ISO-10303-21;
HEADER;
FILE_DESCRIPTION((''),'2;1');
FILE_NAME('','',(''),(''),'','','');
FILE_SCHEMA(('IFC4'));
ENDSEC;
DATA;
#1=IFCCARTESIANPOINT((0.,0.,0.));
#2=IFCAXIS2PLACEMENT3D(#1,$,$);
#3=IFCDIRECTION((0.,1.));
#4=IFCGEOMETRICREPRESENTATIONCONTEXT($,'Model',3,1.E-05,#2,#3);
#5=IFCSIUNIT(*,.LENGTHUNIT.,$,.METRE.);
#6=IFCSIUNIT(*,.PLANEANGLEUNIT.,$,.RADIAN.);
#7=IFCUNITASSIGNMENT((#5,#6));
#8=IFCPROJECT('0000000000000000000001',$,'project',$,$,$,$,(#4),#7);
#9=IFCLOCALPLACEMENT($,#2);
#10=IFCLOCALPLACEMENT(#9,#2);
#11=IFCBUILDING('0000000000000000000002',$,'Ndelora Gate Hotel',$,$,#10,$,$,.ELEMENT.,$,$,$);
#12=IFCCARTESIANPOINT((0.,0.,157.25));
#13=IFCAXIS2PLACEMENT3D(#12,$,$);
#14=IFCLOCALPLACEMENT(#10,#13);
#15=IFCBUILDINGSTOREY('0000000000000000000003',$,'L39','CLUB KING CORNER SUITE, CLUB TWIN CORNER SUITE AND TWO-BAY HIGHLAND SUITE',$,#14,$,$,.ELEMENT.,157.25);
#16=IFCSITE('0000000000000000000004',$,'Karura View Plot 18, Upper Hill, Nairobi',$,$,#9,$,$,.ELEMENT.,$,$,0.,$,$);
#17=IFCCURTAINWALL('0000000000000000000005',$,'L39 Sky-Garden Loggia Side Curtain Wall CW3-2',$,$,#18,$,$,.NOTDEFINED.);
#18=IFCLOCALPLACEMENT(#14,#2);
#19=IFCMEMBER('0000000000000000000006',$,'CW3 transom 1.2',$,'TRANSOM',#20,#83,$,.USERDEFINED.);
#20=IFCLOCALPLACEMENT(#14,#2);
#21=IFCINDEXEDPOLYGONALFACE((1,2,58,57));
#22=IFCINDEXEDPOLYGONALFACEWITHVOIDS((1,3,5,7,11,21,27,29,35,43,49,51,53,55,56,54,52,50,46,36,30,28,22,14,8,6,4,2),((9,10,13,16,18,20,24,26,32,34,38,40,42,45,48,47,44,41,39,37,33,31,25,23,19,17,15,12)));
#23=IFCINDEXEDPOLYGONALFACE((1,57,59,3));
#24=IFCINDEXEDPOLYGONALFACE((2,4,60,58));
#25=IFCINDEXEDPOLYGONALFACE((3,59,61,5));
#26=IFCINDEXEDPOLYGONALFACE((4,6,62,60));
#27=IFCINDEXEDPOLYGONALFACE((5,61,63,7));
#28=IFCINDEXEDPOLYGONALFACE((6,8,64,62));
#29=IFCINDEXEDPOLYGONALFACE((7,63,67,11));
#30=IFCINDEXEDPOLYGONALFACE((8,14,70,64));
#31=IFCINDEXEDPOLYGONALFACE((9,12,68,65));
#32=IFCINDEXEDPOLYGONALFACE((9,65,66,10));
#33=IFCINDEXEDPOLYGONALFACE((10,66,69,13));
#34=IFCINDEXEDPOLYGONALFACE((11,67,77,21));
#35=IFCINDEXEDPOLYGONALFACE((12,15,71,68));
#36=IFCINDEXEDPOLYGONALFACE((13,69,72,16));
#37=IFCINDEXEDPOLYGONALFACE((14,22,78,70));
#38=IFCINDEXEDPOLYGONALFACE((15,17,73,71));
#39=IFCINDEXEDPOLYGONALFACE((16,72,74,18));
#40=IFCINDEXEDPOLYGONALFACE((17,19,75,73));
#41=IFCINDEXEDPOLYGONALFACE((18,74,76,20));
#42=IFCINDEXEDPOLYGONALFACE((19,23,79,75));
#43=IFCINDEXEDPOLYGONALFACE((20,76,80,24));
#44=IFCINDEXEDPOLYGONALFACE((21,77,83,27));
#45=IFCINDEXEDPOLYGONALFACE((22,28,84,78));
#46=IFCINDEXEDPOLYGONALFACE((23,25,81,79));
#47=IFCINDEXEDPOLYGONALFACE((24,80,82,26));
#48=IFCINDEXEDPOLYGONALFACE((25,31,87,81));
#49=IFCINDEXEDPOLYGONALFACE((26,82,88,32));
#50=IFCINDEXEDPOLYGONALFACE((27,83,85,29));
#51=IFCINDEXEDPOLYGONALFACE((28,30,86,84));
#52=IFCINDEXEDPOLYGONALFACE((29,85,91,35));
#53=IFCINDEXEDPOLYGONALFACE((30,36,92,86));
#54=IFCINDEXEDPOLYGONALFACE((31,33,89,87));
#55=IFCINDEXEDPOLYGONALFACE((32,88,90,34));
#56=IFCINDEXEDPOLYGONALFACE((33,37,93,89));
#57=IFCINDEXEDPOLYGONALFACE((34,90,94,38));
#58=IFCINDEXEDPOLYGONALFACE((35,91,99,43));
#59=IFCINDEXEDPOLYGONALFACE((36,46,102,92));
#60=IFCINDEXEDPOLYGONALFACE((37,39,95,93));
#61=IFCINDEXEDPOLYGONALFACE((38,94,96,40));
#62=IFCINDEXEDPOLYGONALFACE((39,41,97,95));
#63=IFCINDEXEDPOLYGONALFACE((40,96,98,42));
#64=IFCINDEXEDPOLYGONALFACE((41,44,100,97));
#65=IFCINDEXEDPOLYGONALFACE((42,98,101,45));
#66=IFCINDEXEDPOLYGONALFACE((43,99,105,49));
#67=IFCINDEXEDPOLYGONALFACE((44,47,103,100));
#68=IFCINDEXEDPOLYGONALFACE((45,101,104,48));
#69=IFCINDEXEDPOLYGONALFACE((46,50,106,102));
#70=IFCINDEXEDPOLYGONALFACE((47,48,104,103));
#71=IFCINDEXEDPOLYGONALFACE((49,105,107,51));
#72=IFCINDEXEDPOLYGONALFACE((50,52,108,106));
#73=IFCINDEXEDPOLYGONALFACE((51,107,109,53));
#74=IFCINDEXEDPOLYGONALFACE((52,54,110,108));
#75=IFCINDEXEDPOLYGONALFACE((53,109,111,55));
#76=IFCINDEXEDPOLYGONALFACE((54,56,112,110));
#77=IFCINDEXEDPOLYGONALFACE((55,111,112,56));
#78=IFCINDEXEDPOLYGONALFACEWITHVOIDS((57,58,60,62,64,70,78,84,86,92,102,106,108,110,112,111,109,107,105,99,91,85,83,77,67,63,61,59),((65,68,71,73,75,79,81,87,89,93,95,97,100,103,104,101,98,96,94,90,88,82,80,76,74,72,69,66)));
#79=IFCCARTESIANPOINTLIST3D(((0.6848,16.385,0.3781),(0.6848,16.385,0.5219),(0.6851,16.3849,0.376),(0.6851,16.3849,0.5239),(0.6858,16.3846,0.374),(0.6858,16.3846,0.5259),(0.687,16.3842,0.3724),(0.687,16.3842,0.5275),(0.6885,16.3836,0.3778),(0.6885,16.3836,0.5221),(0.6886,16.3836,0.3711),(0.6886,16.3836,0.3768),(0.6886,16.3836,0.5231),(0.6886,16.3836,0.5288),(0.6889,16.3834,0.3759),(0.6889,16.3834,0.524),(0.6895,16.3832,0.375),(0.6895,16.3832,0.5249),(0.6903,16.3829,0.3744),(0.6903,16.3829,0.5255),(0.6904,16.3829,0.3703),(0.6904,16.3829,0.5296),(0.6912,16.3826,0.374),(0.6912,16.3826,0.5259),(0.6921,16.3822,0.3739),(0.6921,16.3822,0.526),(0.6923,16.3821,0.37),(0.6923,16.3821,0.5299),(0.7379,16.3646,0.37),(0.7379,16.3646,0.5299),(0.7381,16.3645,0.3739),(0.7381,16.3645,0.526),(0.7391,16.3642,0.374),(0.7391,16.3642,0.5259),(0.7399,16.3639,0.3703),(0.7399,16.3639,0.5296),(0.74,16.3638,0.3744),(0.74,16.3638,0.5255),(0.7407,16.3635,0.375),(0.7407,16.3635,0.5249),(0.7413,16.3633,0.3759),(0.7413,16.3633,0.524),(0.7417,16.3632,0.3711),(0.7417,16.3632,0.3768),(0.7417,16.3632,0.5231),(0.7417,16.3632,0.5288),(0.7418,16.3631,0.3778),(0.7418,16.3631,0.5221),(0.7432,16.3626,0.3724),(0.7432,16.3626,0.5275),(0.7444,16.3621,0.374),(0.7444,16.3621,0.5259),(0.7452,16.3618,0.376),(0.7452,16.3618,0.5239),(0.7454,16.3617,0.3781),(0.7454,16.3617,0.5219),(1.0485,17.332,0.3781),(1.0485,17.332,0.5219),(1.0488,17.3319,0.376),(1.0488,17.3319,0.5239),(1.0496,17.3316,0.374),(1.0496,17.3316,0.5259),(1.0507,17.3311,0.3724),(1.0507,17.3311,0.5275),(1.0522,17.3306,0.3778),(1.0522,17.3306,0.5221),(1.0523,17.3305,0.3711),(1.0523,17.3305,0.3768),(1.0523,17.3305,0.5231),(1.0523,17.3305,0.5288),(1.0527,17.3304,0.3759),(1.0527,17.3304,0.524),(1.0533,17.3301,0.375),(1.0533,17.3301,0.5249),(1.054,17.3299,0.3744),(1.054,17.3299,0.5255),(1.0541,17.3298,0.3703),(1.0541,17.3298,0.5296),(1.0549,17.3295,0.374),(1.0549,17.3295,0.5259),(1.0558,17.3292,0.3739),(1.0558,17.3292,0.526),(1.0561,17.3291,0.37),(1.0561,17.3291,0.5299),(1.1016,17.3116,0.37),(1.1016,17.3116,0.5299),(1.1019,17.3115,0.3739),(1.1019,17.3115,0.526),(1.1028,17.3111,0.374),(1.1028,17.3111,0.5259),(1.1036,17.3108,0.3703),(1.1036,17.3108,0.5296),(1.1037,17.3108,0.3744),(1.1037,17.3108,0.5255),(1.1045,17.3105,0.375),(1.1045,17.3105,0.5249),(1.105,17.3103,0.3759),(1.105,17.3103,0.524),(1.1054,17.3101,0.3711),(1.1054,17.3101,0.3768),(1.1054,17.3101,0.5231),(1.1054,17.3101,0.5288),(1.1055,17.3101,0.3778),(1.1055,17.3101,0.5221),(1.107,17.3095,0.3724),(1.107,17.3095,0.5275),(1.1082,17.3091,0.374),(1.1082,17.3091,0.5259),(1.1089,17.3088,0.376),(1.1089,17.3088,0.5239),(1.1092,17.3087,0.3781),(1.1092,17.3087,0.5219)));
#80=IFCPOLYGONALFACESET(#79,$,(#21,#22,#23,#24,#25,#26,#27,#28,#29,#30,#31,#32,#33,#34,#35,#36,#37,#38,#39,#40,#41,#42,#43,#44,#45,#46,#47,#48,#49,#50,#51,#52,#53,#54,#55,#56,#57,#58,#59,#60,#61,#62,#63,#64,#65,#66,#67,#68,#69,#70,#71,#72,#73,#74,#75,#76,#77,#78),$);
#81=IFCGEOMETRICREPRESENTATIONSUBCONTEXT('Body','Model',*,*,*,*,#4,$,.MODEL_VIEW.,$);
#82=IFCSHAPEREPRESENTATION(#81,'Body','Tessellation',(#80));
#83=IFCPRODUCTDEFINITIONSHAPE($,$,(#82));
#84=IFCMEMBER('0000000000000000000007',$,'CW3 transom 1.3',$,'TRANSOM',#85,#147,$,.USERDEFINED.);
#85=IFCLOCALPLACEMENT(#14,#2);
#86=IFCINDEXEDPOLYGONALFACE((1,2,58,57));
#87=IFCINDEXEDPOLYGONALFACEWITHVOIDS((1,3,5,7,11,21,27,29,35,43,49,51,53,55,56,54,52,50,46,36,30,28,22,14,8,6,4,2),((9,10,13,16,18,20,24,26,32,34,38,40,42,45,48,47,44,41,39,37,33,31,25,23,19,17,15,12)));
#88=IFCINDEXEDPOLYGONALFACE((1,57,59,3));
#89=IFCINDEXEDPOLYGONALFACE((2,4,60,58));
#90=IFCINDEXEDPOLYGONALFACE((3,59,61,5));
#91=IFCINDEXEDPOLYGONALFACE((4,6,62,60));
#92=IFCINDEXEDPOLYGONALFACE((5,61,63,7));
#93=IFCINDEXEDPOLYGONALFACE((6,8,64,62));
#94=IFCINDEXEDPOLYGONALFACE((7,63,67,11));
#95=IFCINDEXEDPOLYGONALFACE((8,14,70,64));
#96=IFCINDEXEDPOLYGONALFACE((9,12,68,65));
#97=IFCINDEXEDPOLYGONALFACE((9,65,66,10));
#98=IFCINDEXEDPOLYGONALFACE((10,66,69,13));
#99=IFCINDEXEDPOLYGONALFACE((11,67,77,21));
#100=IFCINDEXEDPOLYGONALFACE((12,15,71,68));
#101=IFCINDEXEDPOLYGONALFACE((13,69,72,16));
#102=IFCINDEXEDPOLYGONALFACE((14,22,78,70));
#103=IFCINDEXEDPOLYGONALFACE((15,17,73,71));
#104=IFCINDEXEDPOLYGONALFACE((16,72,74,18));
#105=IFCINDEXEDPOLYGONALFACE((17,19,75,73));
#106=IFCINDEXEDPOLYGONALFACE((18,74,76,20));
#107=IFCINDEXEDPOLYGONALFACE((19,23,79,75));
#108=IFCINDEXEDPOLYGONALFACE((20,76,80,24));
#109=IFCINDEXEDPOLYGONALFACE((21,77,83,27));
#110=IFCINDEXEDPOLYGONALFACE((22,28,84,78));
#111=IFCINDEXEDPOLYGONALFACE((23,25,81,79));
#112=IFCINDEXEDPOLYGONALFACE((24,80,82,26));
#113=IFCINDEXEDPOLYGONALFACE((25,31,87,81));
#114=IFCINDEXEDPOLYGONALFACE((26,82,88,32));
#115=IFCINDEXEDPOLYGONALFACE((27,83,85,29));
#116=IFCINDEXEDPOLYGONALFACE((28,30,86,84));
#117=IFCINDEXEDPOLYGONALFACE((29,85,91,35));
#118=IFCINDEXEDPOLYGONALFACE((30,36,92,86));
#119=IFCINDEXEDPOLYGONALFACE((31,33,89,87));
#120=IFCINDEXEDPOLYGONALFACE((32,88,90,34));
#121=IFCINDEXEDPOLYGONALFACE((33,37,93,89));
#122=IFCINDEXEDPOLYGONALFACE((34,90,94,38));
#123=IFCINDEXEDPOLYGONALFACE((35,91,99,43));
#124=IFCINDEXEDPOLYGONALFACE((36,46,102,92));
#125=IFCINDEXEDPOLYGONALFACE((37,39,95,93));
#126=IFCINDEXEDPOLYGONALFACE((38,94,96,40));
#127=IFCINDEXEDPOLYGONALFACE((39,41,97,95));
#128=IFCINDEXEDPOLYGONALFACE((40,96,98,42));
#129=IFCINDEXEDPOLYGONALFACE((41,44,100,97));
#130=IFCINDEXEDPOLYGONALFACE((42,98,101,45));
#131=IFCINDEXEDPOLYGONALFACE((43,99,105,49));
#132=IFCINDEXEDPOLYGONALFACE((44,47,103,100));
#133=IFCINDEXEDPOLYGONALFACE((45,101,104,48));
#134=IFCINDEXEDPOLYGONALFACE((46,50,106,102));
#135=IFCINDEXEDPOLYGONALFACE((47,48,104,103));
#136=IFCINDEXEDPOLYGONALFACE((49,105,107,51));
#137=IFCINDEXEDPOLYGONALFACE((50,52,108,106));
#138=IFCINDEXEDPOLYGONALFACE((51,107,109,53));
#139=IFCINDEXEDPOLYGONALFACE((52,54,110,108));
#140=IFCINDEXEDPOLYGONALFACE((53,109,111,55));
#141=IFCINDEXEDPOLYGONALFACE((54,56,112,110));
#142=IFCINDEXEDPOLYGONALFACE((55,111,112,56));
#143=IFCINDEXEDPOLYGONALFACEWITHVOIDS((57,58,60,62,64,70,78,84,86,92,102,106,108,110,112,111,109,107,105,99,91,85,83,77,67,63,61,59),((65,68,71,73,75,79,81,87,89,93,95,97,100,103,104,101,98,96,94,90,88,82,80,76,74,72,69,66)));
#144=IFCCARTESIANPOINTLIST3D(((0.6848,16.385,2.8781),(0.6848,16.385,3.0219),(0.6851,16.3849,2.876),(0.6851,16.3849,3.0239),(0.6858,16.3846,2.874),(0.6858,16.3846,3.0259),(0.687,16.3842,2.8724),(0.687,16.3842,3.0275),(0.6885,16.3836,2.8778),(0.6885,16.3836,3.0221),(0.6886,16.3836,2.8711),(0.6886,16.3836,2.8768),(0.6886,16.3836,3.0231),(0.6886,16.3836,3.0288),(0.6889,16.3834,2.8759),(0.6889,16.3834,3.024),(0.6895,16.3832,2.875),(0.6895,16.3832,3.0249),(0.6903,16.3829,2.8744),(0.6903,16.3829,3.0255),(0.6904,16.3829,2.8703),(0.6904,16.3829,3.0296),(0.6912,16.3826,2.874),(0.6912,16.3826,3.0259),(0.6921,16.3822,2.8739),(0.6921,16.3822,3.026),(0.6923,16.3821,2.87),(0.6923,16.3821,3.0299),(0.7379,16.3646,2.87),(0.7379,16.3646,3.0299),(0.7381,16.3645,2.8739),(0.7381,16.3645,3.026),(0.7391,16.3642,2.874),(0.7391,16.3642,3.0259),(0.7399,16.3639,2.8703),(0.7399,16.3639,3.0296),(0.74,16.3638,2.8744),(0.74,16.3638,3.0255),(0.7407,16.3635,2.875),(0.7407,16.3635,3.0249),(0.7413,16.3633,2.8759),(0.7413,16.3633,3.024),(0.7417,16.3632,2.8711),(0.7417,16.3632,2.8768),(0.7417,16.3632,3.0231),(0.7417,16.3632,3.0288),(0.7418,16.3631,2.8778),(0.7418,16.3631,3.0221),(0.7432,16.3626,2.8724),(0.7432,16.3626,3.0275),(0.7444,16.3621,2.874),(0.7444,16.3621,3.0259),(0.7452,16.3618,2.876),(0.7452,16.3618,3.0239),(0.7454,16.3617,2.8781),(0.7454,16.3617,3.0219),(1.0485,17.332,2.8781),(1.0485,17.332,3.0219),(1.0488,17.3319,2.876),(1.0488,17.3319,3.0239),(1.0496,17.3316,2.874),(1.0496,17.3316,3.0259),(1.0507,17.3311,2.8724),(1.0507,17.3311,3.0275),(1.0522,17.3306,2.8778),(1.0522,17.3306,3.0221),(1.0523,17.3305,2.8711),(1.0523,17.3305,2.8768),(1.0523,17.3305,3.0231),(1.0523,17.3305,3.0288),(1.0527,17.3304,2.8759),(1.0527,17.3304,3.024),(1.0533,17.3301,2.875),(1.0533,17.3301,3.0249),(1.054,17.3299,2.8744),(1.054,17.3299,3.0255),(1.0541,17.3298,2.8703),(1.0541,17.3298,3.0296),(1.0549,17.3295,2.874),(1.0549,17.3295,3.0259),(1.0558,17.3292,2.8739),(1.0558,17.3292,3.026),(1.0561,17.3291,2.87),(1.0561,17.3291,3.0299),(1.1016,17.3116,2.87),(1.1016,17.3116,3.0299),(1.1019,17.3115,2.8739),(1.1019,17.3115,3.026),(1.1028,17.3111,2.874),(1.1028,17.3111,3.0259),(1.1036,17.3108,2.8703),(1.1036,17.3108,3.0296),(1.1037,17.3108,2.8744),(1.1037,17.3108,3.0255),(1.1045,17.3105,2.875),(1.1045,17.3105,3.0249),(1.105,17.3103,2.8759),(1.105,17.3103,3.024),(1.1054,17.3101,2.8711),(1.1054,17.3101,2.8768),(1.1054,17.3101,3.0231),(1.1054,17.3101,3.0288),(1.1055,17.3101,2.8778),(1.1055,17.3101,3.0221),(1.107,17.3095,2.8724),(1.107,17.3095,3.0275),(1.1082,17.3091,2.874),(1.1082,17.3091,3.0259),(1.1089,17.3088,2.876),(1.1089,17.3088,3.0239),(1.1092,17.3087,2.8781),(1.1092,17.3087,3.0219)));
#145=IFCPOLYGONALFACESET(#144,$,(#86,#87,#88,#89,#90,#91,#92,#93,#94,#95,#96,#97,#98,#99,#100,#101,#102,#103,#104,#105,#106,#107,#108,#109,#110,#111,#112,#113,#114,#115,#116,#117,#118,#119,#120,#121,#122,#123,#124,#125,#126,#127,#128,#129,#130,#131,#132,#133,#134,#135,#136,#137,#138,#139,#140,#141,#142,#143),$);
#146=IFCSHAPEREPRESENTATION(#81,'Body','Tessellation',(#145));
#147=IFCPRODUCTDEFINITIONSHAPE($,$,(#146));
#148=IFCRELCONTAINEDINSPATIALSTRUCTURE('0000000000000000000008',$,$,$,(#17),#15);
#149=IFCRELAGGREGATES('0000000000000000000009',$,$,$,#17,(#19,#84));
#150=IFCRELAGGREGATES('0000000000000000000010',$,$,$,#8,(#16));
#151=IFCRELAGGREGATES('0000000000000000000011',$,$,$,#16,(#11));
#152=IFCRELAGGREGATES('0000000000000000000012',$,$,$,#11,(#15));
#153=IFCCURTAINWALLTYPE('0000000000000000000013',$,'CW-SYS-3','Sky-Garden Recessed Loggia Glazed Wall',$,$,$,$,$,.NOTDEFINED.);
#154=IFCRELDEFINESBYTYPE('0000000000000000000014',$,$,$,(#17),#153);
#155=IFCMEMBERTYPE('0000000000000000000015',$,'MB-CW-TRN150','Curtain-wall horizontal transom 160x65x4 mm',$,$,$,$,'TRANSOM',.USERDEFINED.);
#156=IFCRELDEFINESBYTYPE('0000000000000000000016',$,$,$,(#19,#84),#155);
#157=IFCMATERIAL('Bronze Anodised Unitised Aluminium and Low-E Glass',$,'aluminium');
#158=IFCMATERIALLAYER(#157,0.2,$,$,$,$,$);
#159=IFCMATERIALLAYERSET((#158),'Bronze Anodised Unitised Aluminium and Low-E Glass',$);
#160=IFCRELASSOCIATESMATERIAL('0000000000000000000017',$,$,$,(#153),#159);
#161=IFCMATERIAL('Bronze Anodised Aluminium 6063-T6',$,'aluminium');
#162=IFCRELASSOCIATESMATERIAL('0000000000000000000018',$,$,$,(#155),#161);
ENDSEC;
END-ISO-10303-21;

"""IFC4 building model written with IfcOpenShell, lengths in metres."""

from ifc_helpers import new_model, si_unit, direction, frame, origin, origin_2d, place, context, subcontext, project, spatial, hollow_rectangle, extrude, material, layer, layer_set, material_profile, profile_set, type_object, element, aggregate, save


model = new_model("IFC4")

# Units and contexts
model_context = context("Model", 3, precision=1e-05, world=origin(), true_north=direction((0.0, 1.0)))
body_context = subcontext(model_context, "Body", "Model", "MODEL_VIEW")
ifc_project = project(units=[si_unit("LENGTHUNIT", "METRE"), si_unit("PLANEANGLEUNIT", "RADIAN")], contexts=[model_context])

# Site, building, storey
site_placement = place(None, origin())
site = spatial("IfcSite", under=ifc_project, at=site_placement, Name="Karura View Plot 18, Upper Hill, Nairobi", CompositionType="ELEMENT", RefElevation=0.0)
building_placement = place(site_placement, origin())
building = spatial("IfcBuilding", under=site, at=building_placement, Name="Ndelora Gate Hotel", CompositionType="ELEMENT")
storey_placement = place(building_placement, frame((0.0, 0.0, 157.25)))
storey = spatial("IfcBuildingStorey", under=building, at=storey_placement, Name="L39", Description="CLUB KING CORNER SUITE, CLUB TWIN CORNER SUITE AND TWO-BAY HIGHLAND SUITE", CompositionType="ELEMENT", Elevation=157.25)

# Curtain wall, members
ifc_material_1 = material(Name="Bronze Anodised Unitised Aluminium and Low-E Glass", Category="aluminium")
ifc_layer_1 = layer(ifc_material_1, 0.2)
ifc_layer_set_1 = layer_set([ifc_layer_1], Name="Bronze Anodised Unitised Aluminium and Low-E Glass")
curtain_wall_type = type_object("IfcCurtainWallType", Name="CW-SYS-3", Description="Sky-Garden Recessed Loggia Glazed Wall", PredefinedType="NOTDEFINED", material=ifc_layer_set_1)
curtain_wall_placement = place(storey_placement, origin())
curtain_wall = element("IfcCurtainWall", 1, at=curtain_wall_placement, inside=storey, type_object=curtain_wall_type, Name="L39 Sky-Garden Loggia Side Curtain Wall CW3-2", PredefinedType="NOTDEFINED")
ifc_material_2 = material(Name="Bronze Anodised Aluminium 6063-T6", Category="aluminium")
ifc_material_profile_1 = material_profile(ifc_material_2, hollow_rectangle(XDim=0.0649, YDim=0.1599, WallThickness=0.0039, InnerFilletRadius=0.0039, OuterFilletRadius=0.0081, at=origin_2d()), Name="ALU 160x65x4")
ifc_profile_set_1 = profile_set([ifc_material_profile_1], Name="Bronze Anodised Aluminium 6063-T6")
member_type_1 = type_object("IfcMemberType", Name="MB-CW-TRN150", Description="Curtain-wall horizontal transom 160x65x4 mm", ElementType="TRANSOM", PredefinedType="USERDEFINED", material=ifc_profile_set_1)
member_1_placement = place(storey_placement, frame((1.0789, 17.3203, 0.45), z_axis=(-0.358576, -0.933501, 0.0), x_axis=(0.933501, -0.358576, 0.0)))
member_1 = element("IfcMember", 2, at=member_1_placement, type_object=member_type_1, Name="CW3 transom 1.2", ObjectType="TRANSOM", PredefinedType="USERDEFINED", context=body_context, shape_type="SweptSolid", body=[
    extrude(hollow_rectangle(XDim=0.0649, YDim=0.1599, WallThickness=0.0039, InnerFilletRadius=0.0039, OuterFilletRadius=0.0081, at=origin_2d()), origin(), (0.0, 0.0, 1.0), 1.0144),
])
member_2_placement = place(storey_placement, frame((1.0789, 17.3203, 2.95), z_axis=(-0.358576, -0.933501, 0.0), x_axis=(0.933501, -0.358576, 0.0)))
member_2 = element("IfcMember", 3, at=member_2_placement, type_object=member_type_1, Name="CW3 transom 1.3", ObjectType="TRANSOM", PredefinedType="USERDEFINED", context=body_context, shape_type="SweptSolid", body=[
    extrude(hollow_rectangle(XDim=0.0649, YDim=0.1599, WallThickness=0.0039, InnerFilletRadius=0.0039, OuterFilletRadius=0.0081, at=origin_2d()), origin(), (0.0, 0.0, 1.0), 1.0144),
])
aggregate(curtain_wall, [member_1, member_2])

save(model, "model.ifc")
